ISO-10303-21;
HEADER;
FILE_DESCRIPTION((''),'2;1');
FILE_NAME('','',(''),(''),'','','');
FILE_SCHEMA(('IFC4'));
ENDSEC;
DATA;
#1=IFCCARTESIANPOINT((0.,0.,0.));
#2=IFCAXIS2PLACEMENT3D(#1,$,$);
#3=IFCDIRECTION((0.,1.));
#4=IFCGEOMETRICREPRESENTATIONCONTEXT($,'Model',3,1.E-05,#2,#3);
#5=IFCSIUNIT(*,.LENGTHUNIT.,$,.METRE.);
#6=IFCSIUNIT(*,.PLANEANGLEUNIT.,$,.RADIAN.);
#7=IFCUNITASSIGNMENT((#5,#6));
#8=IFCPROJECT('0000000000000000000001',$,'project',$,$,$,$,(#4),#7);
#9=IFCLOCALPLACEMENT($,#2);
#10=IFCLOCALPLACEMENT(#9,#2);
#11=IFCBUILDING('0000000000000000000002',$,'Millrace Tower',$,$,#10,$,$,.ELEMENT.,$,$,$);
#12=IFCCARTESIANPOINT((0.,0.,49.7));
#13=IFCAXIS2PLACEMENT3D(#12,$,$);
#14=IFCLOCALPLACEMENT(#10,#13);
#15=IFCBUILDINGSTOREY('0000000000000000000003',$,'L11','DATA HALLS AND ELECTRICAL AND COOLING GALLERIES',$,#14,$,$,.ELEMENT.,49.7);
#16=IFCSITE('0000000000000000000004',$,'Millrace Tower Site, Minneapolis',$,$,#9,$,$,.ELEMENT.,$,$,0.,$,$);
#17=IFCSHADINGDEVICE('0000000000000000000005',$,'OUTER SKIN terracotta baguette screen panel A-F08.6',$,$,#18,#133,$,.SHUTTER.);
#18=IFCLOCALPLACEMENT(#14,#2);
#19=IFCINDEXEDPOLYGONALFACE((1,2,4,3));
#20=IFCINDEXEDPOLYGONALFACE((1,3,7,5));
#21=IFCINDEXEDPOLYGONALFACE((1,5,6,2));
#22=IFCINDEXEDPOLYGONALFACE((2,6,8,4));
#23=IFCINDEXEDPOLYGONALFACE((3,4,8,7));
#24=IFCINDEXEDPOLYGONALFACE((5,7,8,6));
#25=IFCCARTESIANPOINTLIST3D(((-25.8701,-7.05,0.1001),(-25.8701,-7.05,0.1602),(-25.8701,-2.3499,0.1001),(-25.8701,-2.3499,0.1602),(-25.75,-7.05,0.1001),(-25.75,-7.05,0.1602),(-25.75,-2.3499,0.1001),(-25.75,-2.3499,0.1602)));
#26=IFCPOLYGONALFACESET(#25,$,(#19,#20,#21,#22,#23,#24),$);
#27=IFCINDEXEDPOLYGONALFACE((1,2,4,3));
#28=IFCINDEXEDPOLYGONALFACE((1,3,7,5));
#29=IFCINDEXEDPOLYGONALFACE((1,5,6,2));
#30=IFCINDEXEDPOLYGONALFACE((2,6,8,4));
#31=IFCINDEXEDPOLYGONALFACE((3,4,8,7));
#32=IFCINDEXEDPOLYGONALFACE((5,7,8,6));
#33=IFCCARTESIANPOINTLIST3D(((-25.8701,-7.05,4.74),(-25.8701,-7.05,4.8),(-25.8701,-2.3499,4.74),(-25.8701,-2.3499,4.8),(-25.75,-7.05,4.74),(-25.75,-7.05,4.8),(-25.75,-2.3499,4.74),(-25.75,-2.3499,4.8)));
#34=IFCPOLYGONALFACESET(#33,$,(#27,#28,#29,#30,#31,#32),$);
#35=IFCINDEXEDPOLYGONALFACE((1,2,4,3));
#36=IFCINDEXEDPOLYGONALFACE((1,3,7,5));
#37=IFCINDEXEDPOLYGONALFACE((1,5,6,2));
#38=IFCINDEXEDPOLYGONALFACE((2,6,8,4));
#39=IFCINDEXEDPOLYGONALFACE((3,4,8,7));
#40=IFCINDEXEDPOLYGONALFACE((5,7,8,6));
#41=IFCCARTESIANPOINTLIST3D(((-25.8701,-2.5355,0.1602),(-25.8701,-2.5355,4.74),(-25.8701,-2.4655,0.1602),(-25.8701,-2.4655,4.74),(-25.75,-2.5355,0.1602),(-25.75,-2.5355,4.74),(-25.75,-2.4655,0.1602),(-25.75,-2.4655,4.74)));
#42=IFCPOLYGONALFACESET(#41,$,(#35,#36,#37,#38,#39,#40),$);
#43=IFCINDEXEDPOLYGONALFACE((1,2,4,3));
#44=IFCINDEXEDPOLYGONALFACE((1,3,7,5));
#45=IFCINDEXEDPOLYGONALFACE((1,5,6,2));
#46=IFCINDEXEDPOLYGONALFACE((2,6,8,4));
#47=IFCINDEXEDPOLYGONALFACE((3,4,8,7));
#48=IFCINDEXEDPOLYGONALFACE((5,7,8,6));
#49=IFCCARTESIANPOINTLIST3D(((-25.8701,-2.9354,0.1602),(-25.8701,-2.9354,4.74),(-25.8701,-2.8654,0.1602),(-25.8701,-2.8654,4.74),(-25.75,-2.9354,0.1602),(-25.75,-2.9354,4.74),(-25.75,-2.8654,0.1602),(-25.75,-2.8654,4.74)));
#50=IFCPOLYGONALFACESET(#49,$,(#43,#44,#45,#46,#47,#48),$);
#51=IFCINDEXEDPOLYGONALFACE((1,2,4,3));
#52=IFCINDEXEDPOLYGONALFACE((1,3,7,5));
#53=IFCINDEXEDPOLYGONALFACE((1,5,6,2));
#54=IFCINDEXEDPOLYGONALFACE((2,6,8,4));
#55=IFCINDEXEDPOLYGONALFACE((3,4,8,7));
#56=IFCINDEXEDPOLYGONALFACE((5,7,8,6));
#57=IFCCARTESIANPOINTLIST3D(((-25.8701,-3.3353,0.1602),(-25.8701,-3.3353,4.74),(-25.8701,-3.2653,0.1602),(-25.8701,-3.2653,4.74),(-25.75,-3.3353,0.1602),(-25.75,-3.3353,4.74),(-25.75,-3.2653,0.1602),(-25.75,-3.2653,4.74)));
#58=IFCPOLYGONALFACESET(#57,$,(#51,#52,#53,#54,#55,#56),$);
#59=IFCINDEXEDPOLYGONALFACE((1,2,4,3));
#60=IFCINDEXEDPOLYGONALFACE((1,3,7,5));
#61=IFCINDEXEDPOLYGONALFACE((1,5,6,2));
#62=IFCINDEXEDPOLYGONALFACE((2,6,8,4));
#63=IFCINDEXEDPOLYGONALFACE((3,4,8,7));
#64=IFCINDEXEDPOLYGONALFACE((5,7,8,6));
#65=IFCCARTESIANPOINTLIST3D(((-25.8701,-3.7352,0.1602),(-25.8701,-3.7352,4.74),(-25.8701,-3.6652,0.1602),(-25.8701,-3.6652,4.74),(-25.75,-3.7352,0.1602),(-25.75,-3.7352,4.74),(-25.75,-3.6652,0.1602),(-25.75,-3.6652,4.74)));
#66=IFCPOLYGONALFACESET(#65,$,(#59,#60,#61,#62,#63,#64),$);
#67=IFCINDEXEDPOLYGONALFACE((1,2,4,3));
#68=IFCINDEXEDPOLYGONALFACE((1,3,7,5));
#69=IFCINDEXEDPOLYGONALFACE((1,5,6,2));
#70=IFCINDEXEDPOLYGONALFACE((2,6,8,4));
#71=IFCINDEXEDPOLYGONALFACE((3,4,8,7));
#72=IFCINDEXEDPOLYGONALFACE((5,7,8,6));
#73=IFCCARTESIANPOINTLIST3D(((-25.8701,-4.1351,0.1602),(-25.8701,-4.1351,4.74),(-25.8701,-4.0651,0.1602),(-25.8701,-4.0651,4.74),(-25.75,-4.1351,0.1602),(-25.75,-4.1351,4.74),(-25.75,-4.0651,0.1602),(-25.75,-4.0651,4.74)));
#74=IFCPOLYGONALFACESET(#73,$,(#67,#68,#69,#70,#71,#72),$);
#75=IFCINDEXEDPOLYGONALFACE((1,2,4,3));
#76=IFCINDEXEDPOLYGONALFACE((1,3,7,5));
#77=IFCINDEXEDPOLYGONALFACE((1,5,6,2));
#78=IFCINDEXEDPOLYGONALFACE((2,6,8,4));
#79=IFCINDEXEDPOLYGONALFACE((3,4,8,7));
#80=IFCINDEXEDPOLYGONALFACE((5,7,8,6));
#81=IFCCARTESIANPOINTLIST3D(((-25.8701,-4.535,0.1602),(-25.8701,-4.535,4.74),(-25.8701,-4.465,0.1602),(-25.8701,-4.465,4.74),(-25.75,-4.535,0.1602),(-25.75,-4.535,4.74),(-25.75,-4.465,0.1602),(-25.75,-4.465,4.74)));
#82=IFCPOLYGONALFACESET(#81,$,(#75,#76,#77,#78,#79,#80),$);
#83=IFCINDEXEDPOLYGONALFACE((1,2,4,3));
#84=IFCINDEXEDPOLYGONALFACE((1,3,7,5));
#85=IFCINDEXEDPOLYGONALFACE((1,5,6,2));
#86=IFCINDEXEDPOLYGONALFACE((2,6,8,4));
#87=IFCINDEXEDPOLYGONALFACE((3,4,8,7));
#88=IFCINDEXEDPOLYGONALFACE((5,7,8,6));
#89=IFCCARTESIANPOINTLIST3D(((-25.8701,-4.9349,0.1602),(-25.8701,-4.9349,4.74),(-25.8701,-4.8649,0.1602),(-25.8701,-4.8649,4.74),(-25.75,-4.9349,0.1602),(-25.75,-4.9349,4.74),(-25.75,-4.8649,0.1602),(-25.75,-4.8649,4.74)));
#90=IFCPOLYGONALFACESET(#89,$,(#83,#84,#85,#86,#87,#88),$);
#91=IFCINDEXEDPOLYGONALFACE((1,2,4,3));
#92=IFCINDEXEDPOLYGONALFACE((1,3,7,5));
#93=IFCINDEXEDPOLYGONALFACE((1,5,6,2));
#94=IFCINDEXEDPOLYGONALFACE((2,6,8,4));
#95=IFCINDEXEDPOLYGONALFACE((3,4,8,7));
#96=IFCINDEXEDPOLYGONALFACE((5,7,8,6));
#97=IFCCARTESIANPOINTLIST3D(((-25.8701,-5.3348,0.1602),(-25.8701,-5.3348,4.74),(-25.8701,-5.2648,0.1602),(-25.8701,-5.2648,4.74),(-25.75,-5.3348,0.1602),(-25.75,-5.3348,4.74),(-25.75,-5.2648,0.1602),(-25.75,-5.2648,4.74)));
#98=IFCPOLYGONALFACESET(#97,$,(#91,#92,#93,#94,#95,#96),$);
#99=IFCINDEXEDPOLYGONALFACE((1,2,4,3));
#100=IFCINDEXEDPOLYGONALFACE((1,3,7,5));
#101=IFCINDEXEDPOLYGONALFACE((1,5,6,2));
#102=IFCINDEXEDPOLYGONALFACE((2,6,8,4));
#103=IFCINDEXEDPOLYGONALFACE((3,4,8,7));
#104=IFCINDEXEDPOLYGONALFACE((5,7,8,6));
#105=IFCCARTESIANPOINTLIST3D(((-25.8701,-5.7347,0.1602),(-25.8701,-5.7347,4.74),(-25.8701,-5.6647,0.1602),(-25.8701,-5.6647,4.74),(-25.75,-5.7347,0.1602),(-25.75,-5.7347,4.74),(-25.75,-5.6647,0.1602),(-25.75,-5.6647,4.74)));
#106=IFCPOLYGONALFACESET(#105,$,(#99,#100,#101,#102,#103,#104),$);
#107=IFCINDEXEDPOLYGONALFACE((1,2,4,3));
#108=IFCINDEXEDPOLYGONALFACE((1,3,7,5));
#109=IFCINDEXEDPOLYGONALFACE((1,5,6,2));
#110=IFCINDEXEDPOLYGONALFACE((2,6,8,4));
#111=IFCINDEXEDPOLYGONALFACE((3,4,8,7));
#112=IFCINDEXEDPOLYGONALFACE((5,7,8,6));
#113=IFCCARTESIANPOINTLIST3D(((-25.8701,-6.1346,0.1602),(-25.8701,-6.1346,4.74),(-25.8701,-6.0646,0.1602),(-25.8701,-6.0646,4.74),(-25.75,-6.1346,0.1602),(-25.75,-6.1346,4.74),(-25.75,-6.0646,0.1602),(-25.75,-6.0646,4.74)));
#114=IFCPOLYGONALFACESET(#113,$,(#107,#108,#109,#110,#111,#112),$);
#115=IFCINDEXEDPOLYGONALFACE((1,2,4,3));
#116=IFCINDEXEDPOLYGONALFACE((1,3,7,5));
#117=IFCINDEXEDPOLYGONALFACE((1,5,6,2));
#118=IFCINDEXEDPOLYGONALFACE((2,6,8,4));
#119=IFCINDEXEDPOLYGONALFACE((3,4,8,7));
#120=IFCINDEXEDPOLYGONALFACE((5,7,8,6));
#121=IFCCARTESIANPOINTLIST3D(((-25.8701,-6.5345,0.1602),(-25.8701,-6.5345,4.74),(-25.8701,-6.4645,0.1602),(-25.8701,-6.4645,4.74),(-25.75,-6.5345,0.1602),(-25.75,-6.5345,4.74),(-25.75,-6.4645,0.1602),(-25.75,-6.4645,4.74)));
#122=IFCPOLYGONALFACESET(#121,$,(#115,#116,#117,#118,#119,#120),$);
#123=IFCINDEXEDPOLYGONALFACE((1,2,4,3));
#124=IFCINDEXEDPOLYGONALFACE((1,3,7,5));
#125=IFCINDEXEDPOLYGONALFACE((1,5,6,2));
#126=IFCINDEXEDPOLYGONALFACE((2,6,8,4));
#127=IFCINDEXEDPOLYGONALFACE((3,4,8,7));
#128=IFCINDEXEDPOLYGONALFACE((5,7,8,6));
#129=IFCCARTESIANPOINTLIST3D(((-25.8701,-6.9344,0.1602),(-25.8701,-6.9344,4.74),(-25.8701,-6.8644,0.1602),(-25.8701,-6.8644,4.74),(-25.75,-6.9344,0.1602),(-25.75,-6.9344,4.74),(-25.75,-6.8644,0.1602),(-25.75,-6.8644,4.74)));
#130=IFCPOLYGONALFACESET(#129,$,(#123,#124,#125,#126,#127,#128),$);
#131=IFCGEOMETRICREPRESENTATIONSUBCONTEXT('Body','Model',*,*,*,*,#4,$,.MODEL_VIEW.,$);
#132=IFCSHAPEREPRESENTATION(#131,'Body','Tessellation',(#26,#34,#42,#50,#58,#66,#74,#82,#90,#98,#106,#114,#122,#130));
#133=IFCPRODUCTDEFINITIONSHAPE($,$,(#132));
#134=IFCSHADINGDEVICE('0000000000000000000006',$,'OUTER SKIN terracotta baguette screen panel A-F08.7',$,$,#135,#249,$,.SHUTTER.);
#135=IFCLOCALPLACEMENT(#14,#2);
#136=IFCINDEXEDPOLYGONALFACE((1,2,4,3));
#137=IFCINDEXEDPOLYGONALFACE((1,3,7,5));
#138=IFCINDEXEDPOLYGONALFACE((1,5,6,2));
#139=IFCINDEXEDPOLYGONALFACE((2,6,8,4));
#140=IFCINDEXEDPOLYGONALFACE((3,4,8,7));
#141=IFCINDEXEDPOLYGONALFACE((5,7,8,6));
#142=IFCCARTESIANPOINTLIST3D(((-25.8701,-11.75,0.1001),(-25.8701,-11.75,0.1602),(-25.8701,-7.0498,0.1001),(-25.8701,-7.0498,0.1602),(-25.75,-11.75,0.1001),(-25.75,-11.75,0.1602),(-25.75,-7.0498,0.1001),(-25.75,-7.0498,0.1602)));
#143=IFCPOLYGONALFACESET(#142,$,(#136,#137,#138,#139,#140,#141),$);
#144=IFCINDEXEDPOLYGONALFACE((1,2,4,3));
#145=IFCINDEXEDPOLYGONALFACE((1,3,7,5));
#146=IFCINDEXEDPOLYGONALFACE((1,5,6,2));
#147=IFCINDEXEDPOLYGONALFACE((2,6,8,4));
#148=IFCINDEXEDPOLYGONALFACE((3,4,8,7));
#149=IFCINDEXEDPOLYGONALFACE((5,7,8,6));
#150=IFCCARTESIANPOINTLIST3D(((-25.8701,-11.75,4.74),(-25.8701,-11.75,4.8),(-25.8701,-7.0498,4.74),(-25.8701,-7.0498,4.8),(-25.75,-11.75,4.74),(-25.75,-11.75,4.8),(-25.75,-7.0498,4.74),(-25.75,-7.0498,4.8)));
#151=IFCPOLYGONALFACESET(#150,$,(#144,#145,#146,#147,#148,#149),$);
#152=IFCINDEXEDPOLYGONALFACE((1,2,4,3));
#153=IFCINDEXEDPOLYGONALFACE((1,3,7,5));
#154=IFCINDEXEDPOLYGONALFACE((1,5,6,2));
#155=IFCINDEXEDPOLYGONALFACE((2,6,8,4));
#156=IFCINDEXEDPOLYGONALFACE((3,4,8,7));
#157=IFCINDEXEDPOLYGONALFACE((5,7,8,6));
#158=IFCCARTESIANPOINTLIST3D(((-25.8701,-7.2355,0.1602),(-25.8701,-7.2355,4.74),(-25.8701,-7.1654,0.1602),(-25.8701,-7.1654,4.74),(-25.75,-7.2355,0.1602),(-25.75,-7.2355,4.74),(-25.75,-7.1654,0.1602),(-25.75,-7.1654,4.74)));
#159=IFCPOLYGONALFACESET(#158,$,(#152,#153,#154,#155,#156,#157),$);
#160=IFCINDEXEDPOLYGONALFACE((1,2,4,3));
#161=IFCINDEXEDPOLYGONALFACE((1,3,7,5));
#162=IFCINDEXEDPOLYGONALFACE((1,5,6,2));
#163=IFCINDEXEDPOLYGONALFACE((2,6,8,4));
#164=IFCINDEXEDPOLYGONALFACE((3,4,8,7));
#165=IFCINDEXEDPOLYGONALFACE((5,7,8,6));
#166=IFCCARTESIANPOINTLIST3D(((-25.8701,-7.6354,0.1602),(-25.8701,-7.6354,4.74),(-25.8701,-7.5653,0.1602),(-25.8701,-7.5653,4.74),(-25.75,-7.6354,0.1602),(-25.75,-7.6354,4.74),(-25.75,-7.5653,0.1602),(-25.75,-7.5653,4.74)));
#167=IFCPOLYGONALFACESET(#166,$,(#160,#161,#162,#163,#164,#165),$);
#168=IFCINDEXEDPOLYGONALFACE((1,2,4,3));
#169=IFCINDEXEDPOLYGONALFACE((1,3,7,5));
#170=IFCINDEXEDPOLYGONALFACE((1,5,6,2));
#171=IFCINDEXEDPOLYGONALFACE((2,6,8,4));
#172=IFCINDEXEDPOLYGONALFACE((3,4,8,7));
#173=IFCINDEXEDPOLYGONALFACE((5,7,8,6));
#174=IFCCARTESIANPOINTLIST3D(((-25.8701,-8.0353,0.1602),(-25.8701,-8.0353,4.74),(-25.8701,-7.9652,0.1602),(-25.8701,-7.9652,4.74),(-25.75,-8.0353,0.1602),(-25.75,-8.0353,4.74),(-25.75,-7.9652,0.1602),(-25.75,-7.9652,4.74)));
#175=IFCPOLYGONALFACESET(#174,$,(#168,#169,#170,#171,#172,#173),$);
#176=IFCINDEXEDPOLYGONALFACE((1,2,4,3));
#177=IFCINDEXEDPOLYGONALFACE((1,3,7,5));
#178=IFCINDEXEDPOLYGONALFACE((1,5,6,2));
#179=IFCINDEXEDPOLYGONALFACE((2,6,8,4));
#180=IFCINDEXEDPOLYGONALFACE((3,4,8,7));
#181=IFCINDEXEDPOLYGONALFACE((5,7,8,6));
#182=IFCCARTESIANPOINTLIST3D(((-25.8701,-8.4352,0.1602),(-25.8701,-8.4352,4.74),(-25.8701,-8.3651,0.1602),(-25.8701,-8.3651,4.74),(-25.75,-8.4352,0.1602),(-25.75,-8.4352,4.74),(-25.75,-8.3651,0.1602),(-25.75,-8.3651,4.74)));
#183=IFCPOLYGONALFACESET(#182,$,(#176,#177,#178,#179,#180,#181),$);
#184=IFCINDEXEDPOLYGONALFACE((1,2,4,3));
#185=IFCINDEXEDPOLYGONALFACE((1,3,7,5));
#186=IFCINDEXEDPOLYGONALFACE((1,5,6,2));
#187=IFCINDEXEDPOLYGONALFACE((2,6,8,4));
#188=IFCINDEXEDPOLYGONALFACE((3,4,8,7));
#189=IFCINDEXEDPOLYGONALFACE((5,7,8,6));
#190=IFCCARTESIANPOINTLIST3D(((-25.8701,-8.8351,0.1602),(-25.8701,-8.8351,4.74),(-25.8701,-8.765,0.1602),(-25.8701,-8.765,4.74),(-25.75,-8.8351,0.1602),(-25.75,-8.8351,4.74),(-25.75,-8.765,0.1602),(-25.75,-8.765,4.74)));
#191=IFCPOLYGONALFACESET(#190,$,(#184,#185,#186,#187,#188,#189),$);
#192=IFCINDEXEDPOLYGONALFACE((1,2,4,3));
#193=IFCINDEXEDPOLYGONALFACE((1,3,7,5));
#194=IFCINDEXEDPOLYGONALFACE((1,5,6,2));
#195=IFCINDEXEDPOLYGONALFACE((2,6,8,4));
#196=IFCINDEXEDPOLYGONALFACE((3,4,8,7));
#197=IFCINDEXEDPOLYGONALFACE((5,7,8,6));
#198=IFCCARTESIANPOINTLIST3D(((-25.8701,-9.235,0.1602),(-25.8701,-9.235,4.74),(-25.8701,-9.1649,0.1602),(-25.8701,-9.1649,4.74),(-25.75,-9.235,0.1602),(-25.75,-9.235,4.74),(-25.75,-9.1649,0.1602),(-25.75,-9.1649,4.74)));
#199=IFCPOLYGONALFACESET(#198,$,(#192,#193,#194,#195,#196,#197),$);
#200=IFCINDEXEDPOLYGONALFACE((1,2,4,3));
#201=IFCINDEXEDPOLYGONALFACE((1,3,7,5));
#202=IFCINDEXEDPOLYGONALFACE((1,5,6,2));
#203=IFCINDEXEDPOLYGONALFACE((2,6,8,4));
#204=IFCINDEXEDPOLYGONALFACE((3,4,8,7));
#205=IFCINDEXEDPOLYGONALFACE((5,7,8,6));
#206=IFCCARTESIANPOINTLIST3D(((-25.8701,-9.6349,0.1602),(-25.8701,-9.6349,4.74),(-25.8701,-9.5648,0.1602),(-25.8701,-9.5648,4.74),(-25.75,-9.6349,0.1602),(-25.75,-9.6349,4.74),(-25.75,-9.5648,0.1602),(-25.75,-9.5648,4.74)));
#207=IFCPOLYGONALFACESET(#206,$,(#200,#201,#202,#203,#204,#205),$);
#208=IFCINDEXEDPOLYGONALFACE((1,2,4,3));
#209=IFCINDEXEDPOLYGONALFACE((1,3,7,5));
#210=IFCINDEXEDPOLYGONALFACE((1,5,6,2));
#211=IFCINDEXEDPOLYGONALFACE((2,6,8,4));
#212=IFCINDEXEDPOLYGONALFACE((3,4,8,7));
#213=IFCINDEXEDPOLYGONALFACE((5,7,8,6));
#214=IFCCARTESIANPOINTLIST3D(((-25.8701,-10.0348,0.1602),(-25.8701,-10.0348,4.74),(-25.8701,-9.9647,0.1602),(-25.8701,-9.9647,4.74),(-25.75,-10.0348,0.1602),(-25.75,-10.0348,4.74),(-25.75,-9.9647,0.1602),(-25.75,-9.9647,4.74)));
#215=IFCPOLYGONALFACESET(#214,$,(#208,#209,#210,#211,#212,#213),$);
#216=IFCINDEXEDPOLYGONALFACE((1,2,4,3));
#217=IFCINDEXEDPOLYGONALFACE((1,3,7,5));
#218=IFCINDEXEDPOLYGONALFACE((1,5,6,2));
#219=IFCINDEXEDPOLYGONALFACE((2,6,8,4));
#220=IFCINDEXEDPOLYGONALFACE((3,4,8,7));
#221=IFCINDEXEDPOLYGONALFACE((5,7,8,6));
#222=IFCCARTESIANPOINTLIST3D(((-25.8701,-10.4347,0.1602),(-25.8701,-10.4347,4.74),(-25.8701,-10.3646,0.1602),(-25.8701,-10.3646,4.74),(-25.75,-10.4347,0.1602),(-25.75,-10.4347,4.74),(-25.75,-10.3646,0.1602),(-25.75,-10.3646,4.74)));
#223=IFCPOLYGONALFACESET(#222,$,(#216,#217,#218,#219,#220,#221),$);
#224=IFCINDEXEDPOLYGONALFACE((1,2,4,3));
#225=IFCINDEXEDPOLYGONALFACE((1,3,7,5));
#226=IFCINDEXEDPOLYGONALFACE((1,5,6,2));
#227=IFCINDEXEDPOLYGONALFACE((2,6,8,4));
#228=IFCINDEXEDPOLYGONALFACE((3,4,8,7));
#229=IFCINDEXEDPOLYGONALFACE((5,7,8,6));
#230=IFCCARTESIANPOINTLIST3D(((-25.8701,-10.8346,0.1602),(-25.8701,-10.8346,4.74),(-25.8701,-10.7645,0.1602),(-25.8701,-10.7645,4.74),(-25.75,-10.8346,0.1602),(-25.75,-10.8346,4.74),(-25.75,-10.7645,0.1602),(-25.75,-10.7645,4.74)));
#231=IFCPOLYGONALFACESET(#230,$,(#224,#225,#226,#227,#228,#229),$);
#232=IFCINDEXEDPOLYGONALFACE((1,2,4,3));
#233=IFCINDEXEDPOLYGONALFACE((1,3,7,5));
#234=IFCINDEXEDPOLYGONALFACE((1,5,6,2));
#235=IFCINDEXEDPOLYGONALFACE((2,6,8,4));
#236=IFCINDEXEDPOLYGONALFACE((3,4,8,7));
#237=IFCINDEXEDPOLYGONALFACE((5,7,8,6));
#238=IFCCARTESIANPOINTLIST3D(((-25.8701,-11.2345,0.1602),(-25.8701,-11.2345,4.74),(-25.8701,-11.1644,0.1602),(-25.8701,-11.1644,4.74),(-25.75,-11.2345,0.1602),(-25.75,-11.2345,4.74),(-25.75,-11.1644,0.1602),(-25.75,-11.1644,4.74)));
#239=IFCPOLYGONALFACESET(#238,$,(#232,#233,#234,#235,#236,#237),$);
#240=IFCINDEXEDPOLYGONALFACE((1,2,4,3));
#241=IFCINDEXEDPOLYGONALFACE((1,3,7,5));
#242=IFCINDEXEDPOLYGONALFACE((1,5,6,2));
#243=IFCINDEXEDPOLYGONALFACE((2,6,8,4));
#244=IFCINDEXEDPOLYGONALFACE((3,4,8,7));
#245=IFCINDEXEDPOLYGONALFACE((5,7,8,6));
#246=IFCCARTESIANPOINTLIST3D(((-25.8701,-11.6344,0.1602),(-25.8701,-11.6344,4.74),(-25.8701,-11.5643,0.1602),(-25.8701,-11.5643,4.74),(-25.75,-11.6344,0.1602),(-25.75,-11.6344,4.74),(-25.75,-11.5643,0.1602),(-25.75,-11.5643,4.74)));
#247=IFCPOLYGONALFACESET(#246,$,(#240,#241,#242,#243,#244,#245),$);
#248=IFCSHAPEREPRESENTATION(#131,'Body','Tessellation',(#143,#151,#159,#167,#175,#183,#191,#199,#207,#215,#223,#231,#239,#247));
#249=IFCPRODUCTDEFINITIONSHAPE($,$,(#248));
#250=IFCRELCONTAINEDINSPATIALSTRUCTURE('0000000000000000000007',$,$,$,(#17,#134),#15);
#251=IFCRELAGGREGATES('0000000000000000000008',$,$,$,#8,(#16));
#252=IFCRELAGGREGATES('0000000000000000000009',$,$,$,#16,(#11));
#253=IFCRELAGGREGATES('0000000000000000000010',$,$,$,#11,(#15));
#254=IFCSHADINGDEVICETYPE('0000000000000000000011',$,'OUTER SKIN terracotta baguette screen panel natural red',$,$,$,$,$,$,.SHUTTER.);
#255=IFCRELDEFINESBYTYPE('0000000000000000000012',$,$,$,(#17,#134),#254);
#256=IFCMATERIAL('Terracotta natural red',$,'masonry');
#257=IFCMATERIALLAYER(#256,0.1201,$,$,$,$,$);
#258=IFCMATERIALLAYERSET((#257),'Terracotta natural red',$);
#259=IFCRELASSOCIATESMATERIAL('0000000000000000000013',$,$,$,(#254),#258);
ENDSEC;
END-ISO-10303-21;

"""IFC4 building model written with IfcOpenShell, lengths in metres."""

from ifc_helpers import new_model, entity, si_unit, direction, frame, frame_2d, origin, place, context, subcontext, project, spatial, rectangle, extrude, source, transform, mapped, material, layer, layer_set, type_object, element, save


model = new_model("IFC4")

# Units and contexts
model_context = context("Model", 3, precision=1e-05, world=origin(), true_north=direction((0.0, 1.0)))
body_context = subcontext(model_context, "Body", "Model", "MODEL_VIEW")
ifc_project = project(units=[si_unit("LENGTHUNIT", "METRE"), si_unit("PLANEANGLEUNIT", "RADIAN")], contexts=[model_context])

# Site, building, storey
site_placement = place(None, origin())
site = spatial("IfcSite", under=ifc_project, at=site_placement, Name="Millrace Tower Site, Minneapolis", CompositionType="ELEMENT", RefElevation=0.0)
building_placement = place(site_placement, origin())
building = spatial("IfcBuilding", under=site, at=building_placement, Name="Millrace Tower", CompositionType="ELEMENT")
storey_placement = place(building_placement, frame((0.0, 0.0, 49.7)))
storey = spatial("IfcBuildingStorey", under=building, at=storey_placement, Name="L11", Description="DATA HALLS AND ELECTRICAL AND COOLING GALLERIES", CompositionType="ELEMENT", Elevation=49.7)

# Shading devices
cartesian_point = entity("IfcCartesianPoint", [-2.3501, 0.0601])
shared_polyline = entity("IfcPolyline", [cartesian_point, entity("IfcCartesianPoint", [2.3501, 0.0601]), entity("IfcCartesianPoint", [2.3501, -0.0601]), entity("IfcCartesianPoint", [-2.3501, -0.0601]), cartesian_point])
ifc_material_1 = material(Name="Terracotta natural red", Category="masonry")
ifc_layer_1 = layer(ifc_material_1, 0.1201)
ifc_layer_set_1 = layer_set([ifc_layer_1], Name="Terracotta natural red")
shading_device_type_1 = type_object("IfcShadingDeviceType", Name="OUTER SKIN terracotta baguette screen panel natural red", PredefinedType="SHUTTER", material=ifc_layer_set_1)
shared_shape_1 = source(origin(), body_context, "Body", "SweptSolid", [
    entity("IfcExtrudedAreaSolid", entity("IfcArbitraryClosedProfileDef", "AREA", None, shared_polyline), entity("IfcAxis2Placement3D", entity("IfcCartesianPoint", [0.0, 0.0, 0.0])), entity("IfcDirection", [0.0, 0.0, 1.0]), 0.0601),
    entity("IfcExtrudedAreaSolid", entity("IfcArbitraryClosedProfileDef", "AREA", None, shared_polyline), entity("IfcAxis2Placement3D", entity("IfcCartesianPoint", [0.0, 0.0, 4.6399])), entity("IfcDirection", [0.0, 0.0, 1.0]), 0.0601),
    extrude(rectangle(XDim=0.0701, YDim=0.1201, at=frame_2d((-2.1995, 0.0))), frame((0.0, 0.0, 0.0601)), (0.0, 0.0, 1.0), 4.5798),
    extrude(rectangle(XDim=0.0701, YDim=0.1201, at=frame_2d((-1.7996, 0.0))), frame((0.0, 0.0, 0.0601)), (0.0, 0.0, 1.0), 4.5798),
    extrude(rectangle(XDim=0.0701, YDim=0.1201, at=frame_2d((-1.3997, 0.0))), frame((0.0, 0.0, 0.0601)), (0.0, 0.0, 1.0), 4.5798),
    extrude(rectangle(XDim=0.0701, YDim=0.1201, at=frame_2d((-0.9998, 0.0))), frame((0.0, 0.0, 0.0601)), (0.0, 0.0, 1.0), 4.5798),
    extrude(rectangle(XDim=0.0701, YDim=0.1201, at=frame_2d((-0.5999, 0.0))), frame((0.0, 0.0, 0.0601)), (0.0, 0.0, 1.0), 4.5798),
    extrude(rectangle(XDim=0.0701, YDim=0.1201, at=frame_2d((-0.2, 0.0))), frame((0.0, 0.0, 0.0601)), (0.0, 0.0, 1.0), 4.5798),
    extrude(rectangle(XDim=0.0701, YDim=0.1201, at=frame_2d((0.2, 0.0))), frame((0.0, 0.0, 0.0601)), (0.0, 0.0, 1.0), 4.5798),
    extrude(rectangle(XDim=0.0701, YDim=0.1201, at=frame_2d((0.5999, 0.0))), frame((0.0, 0.0, 0.0601)), (0.0, 0.0, 1.0), 4.5798),
    extrude(rectangle(XDim=0.0701, YDim=0.1201, at=frame_2d((0.9998, 0.0))), frame((0.0, 0.0, 0.0601)), (0.0, 0.0, 1.0), 4.5798),
    extrude(rectangle(XDim=0.0701, YDim=0.1201, at=frame_2d((1.3997, 0.0))), frame((0.0, 0.0, 0.0601)), (0.0, 0.0, 1.0), 4.5798),
    extrude(rectangle(XDim=0.0701, YDim=0.1201, at=frame_2d((1.7996, 0.0))), frame((0.0, 0.0, 0.0601)), (0.0, 0.0, 1.0), 4.5798),
    extrude(rectangle(XDim=0.0701, YDim=0.1201, at=frame_2d((2.1995, 0.0))), frame((0.0, 0.0, 0.0601)), (0.0, 0.0, 1.0), 4.5798),
])
for number, where, z_axis, x_axis, name in (
    (1, (-25.8101, -4.7, 0.1001), (0.0, 0.0, 1.0), (0.0, -1.0, 0.0), "OUTER SKIN terracotta baguette screen panel A-F08.6"),
    (2, (-25.8101, -9.3999, 0.1001), (0.0, 0.0, 1.0), (0.0, -1.0, 0.0), "OUTER SKIN terracotta baguette screen panel A-F08.7"),
):
    element("IfcShadingDevice", number, at=place(storey_placement, frame(where, z_axis=z_axis, x_axis=x_axis)), inside=storey, type_object=shading_device_type_1, Name=name, PredefinedType="SHUTTER", context=body_context, shape_type="MappedRepresentation", body=[
        mapped(shared_shape_1, transform((0.0, 0.0, 0.0), scale=1.0)),
    ])

save(model, "model.ifc")
